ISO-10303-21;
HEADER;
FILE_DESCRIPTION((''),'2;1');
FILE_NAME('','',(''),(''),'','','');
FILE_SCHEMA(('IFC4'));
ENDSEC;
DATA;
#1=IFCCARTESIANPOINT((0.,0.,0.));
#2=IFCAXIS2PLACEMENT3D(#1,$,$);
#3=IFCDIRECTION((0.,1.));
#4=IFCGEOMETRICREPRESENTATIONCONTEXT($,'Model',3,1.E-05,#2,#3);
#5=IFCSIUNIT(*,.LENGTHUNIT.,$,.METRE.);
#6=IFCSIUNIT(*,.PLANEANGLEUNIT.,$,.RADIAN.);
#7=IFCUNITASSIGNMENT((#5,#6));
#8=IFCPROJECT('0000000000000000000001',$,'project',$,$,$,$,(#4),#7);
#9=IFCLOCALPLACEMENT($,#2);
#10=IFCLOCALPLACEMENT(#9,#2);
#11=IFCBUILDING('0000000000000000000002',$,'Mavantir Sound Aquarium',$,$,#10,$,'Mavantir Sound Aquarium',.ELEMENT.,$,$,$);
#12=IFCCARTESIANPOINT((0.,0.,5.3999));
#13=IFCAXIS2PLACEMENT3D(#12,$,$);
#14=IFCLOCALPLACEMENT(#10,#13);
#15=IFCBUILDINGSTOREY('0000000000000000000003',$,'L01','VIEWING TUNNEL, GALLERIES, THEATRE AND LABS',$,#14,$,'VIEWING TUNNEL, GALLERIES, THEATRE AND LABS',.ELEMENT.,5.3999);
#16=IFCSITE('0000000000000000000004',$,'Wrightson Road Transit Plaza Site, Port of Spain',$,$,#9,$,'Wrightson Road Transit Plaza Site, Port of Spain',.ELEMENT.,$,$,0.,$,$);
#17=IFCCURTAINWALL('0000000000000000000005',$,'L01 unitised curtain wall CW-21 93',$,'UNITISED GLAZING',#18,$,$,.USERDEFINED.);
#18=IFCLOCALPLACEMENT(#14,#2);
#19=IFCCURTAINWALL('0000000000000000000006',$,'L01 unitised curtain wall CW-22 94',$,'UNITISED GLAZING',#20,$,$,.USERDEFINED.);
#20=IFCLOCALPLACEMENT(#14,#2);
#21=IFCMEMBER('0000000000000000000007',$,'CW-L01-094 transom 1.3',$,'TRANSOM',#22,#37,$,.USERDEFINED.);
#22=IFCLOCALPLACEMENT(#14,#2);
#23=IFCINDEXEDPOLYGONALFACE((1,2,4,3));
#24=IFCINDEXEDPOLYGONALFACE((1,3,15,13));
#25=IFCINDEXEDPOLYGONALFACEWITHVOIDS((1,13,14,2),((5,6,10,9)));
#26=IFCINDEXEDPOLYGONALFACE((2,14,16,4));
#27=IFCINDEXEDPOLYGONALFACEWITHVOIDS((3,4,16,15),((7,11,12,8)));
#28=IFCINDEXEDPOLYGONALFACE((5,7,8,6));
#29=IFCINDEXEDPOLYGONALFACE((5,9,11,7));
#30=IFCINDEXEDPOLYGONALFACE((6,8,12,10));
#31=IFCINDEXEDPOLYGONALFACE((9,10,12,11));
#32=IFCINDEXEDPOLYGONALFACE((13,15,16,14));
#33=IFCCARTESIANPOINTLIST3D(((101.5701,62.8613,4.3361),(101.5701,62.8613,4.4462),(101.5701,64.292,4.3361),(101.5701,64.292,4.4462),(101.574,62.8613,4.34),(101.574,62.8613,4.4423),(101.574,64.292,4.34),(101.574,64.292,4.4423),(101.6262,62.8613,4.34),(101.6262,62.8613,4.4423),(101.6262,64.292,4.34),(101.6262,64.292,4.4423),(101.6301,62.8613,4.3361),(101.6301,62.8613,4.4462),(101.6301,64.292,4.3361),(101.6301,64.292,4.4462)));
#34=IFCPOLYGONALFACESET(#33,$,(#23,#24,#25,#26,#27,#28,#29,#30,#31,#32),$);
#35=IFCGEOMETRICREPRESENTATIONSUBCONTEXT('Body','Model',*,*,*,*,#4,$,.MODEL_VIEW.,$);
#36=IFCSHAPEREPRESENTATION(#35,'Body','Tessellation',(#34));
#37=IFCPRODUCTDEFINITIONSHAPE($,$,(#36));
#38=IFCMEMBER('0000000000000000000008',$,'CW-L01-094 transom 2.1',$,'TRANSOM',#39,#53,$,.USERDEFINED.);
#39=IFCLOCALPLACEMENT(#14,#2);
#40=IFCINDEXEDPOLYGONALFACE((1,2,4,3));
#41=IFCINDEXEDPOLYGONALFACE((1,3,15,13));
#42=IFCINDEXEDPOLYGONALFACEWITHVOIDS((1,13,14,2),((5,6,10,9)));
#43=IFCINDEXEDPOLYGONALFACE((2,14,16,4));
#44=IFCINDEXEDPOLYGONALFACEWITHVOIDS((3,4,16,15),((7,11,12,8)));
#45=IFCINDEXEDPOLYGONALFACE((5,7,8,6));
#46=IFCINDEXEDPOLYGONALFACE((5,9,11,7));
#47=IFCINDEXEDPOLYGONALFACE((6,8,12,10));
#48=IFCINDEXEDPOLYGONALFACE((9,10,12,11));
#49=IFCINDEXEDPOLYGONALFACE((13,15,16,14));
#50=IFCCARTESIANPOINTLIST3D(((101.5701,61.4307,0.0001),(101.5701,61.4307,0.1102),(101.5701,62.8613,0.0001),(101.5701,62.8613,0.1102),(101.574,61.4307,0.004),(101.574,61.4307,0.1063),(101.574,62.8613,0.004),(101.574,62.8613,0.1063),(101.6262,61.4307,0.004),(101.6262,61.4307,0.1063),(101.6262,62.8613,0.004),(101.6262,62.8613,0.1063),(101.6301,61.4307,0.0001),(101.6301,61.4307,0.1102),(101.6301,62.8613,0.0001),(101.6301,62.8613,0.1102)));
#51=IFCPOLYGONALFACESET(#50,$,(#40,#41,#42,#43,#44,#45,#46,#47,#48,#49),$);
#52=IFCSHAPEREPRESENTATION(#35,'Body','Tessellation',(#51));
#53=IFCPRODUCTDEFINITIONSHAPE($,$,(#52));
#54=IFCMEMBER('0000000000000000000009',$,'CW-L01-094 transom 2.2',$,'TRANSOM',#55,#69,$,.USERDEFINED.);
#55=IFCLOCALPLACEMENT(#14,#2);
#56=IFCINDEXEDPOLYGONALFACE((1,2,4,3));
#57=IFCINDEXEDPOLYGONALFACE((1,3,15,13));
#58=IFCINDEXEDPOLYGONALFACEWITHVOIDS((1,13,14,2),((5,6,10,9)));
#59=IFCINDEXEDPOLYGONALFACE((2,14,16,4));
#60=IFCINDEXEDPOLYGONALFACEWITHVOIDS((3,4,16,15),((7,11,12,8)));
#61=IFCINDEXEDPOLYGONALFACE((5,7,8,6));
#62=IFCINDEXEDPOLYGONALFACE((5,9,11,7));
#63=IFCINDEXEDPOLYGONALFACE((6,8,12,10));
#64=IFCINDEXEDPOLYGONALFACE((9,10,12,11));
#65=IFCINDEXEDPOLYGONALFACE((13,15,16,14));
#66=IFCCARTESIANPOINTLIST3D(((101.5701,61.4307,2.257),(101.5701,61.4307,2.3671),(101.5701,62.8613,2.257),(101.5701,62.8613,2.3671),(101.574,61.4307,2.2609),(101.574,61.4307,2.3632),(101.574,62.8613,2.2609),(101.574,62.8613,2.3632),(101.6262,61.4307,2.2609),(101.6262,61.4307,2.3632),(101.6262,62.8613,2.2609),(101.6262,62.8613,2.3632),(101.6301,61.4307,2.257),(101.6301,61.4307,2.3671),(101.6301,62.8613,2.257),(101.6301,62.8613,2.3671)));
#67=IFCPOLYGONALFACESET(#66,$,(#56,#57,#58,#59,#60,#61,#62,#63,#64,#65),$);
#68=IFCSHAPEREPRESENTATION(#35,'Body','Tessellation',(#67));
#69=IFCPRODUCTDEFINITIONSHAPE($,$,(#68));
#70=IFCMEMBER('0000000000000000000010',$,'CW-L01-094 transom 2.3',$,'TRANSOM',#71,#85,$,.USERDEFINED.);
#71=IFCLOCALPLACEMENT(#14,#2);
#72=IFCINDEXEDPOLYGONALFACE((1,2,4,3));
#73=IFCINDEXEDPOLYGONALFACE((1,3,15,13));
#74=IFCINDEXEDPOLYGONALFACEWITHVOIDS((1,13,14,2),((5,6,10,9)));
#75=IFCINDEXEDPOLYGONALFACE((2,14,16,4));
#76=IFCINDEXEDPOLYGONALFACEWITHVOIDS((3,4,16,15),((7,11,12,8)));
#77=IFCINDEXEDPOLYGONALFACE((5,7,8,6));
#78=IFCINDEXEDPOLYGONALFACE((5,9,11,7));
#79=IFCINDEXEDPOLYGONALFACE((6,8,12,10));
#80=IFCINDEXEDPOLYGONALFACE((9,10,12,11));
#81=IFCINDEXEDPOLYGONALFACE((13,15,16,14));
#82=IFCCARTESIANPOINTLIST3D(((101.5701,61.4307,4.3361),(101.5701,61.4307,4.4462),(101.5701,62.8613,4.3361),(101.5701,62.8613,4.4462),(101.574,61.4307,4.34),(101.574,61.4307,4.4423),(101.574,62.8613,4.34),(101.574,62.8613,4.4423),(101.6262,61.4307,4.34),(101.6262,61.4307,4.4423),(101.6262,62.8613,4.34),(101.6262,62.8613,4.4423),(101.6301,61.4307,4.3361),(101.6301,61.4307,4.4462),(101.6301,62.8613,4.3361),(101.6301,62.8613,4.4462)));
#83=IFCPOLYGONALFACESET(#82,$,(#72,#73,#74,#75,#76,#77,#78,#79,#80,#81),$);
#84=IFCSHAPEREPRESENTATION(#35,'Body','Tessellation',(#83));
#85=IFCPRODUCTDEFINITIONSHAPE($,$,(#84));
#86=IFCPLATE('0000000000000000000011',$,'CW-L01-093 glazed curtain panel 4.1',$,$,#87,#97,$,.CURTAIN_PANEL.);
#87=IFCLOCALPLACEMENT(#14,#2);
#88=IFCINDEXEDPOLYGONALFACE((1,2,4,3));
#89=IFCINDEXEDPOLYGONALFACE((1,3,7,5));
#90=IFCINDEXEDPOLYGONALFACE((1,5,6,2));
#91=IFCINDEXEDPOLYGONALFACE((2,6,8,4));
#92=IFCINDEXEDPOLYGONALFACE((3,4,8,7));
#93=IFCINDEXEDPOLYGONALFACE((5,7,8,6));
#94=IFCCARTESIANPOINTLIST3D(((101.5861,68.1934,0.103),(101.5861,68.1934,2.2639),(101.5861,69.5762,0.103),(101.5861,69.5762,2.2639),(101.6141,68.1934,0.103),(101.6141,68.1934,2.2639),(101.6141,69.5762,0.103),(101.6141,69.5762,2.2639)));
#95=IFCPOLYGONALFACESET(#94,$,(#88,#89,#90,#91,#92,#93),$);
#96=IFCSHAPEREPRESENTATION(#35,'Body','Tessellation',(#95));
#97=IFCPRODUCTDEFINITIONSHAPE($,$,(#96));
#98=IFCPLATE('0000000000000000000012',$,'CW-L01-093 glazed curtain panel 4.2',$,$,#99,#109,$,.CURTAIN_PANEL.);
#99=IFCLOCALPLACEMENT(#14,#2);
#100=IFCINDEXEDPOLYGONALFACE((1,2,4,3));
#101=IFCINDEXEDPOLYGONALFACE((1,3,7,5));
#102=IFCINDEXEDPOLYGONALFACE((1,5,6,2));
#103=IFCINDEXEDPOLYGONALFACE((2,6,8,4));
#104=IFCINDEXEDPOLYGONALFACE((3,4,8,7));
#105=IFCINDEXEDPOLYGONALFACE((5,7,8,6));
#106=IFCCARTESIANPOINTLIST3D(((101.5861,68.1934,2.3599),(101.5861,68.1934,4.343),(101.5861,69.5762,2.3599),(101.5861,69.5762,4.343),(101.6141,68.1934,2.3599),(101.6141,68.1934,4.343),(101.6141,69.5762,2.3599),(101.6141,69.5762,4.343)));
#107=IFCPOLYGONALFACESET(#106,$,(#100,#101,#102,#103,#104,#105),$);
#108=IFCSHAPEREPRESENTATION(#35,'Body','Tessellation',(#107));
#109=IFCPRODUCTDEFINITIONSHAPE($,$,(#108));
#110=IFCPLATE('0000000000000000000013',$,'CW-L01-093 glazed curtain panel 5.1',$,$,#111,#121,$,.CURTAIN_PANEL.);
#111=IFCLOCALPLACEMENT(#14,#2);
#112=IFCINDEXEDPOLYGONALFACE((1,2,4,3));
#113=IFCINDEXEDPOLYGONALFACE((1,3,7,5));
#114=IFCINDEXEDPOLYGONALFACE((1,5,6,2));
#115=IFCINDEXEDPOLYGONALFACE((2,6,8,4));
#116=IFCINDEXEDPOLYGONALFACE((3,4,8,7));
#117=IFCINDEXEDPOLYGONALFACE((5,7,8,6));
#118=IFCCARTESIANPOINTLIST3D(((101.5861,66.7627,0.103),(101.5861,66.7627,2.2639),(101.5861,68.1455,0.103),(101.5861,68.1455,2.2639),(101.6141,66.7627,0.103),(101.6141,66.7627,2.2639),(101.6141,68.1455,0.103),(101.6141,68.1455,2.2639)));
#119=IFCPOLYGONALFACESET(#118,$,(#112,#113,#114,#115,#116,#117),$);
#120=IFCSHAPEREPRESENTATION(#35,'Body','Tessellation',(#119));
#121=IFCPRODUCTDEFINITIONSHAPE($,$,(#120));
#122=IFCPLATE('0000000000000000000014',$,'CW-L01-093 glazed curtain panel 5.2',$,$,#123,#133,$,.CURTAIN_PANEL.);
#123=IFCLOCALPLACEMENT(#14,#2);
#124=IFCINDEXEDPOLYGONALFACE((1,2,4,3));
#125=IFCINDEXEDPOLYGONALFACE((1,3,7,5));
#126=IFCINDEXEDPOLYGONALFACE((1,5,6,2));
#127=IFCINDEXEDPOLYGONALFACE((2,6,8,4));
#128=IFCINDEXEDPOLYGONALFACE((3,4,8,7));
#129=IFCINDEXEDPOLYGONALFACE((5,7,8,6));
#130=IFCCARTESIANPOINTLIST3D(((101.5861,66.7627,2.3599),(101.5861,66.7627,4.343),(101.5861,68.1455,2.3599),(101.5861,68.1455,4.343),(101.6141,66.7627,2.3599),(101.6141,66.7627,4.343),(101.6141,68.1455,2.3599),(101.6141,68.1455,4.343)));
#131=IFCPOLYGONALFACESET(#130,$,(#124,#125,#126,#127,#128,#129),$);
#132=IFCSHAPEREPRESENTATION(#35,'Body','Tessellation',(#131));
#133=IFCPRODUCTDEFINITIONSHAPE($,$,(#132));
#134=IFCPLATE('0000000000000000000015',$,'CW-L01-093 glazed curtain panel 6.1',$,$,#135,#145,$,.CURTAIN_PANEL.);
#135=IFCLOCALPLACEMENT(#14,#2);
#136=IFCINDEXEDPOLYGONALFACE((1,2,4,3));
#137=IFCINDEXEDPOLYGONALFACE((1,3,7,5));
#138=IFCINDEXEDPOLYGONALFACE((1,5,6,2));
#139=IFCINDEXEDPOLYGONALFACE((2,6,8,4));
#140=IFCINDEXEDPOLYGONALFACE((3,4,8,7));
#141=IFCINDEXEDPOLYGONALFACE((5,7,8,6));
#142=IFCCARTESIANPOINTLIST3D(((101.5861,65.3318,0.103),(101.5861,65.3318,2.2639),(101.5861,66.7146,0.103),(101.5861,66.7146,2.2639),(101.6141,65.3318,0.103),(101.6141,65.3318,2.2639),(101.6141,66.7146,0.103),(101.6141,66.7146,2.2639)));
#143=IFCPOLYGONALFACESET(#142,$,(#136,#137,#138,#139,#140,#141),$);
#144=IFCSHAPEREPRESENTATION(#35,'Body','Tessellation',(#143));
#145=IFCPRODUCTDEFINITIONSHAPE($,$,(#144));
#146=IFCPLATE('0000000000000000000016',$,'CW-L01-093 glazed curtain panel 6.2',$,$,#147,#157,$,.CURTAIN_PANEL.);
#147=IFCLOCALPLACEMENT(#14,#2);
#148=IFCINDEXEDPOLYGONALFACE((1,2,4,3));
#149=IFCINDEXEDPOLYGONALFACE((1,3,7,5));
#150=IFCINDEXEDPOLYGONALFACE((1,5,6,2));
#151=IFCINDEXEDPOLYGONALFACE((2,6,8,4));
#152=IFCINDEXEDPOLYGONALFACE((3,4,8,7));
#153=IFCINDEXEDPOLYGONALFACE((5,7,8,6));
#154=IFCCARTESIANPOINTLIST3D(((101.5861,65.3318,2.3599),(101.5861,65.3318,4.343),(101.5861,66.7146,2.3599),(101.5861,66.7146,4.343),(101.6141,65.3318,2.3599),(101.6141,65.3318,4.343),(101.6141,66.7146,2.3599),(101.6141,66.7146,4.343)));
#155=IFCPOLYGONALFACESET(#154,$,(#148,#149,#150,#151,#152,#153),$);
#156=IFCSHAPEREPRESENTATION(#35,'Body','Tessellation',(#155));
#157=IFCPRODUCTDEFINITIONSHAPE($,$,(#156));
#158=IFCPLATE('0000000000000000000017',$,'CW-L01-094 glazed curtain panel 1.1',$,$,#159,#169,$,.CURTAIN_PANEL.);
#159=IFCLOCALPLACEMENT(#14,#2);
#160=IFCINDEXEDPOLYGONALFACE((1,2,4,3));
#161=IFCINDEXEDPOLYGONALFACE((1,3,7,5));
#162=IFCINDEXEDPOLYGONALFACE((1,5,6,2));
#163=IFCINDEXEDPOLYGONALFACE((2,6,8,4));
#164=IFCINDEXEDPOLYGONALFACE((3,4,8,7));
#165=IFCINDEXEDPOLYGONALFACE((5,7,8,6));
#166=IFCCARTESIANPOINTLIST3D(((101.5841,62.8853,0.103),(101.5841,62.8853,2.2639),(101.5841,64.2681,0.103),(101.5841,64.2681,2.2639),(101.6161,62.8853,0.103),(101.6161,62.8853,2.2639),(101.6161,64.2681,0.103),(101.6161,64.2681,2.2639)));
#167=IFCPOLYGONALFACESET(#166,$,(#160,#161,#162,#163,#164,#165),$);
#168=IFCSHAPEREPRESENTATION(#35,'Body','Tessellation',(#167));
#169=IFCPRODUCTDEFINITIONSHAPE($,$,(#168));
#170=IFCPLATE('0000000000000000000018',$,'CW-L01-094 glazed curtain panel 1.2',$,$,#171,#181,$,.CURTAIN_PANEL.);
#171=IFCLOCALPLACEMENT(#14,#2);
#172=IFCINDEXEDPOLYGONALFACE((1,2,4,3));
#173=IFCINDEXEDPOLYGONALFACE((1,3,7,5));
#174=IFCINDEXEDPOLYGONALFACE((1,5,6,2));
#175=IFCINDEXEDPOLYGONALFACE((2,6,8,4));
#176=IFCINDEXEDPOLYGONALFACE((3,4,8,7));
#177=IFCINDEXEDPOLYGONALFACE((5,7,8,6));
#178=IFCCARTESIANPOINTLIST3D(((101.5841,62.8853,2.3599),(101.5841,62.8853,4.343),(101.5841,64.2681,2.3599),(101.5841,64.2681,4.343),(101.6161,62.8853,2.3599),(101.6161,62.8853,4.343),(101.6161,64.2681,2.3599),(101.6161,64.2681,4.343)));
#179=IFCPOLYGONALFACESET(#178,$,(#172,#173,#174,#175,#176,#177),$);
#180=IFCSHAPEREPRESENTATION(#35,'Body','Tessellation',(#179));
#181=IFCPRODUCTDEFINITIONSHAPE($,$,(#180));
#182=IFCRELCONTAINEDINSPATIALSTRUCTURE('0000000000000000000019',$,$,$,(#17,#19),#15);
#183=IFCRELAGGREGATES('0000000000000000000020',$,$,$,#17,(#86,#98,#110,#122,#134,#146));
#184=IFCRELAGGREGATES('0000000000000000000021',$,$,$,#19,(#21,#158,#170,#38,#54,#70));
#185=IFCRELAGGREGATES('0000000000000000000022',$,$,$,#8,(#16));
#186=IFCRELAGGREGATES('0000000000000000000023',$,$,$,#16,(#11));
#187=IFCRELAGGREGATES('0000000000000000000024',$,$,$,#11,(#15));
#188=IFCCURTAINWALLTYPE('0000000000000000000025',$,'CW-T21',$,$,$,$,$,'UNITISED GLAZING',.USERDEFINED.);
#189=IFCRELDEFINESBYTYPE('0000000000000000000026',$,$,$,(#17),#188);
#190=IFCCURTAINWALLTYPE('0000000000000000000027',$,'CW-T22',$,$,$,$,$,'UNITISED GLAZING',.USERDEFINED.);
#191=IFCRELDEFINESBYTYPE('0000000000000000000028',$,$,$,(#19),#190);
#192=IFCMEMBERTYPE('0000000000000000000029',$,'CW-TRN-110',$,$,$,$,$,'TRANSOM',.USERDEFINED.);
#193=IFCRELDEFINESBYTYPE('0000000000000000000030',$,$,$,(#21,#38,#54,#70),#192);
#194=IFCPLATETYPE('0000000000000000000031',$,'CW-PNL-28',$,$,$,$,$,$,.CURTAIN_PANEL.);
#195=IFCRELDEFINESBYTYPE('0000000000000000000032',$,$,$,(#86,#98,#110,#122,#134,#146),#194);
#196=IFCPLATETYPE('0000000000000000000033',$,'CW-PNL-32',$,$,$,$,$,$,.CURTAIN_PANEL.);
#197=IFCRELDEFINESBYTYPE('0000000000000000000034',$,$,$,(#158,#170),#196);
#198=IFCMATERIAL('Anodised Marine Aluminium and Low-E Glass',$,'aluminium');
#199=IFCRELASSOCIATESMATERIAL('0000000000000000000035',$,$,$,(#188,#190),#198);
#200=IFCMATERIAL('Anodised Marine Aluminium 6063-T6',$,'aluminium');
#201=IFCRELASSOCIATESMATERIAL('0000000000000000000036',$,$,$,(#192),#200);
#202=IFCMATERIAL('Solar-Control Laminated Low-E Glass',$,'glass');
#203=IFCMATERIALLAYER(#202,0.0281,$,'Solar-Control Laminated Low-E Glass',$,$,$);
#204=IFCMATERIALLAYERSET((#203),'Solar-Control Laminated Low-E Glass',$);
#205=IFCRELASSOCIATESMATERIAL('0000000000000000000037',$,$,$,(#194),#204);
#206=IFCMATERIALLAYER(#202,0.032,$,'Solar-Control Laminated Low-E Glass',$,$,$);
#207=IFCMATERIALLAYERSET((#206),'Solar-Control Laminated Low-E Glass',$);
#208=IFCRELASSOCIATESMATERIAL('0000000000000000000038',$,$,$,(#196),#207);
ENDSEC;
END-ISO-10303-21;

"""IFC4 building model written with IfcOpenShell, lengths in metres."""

from ifc_helpers import new_model, si_unit, direction, frame, origin, origin_2d, place, context, subcontext, project, spatial, rectangle, hollow_rectangle, extrude, material, layer, layer_set, material_profile, profile_set, type_object, element, aggregate, save


model = new_model("IFC4")

# Units and contexts
model_context = context("Model", 3, precision=1e-05, world=origin(), true_north=direction((0.0, 1.0)))
body_context = subcontext(model_context, "Body", "Model", "MODEL_VIEW")
ifc_project = project(units=[si_unit("LENGTHUNIT", "METRE"), si_unit("PLANEANGLEUNIT", "RADIAN")], contexts=[model_context])

# Site, building, storey
site_placement = place(None, origin())
site = spatial("IfcSite", under=ifc_project, at=site_placement, Name="Wrightson Road Transit Plaza Site, Port of Spain", LongName="Wrightson Road Transit Plaza Site, Port of Spain", CompositionType="ELEMENT", RefElevation=0.0)
building_placement = place(site_placement, origin())
building = spatial("IfcBuilding", under=site, at=building_placement, Name="Mavantir Sound Aquarium", LongName="Mavantir Sound Aquarium", CompositionType="ELEMENT")
storey_placement = place(building_placement, frame((0.0, 0.0, 5.3999)))
storey = spatial("IfcBuildingStorey", under=building, at=storey_placement, Name="L01", Description="VIEWING TUNNEL, GALLERIES, THEATRE AND LABS", LongName="VIEWING TUNNEL, GALLERIES, THEATRE AND LABS", CompositionType="ELEMENT", Elevation=5.3999)

# Curtain walls
ifc_material_1 = material(Name="Anodised Marine Aluminium and Low-E Glass", Category="aluminium")
curtain_wall_type_1 = type_object("IfcCurtainWallType", Name="CW-T21", ElementType="UNITISED GLAZING", PredefinedType="USERDEFINED", material=ifc_material_1)
curtain_wall_1_placement = place(storey_placement, origin())
curtain_wall_1 = element("IfcCurtainWall", 1, at=curtain_wall_1_placement, inside=storey, type_object=curtain_wall_type_1, Name="L01 unitised curtain wall CW-21 93", ObjectType="UNITISED GLAZING", PredefinedType="USERDEFINED")
ifc_material_2 = material(Name="Anodised Marine Aluminium 6063-T6", Category="aluminium")
curtain_wall_type_2 = type_object("IfcCurtainWallType", Name="CW-T22", ElementType="UNITISED GLAZING", PredefinedType="USERDEFINED", material=ifc_material_1)
curtain_wall_2_placement = place(storey_placement, origin())
curtain_wall_2 = element("IfcCurtainWall", 2, at=curtain_wall_2_placement, inside=storey, type_object=curtain_wall_type_2, Name="L01 unitised curtain wall CW-22 94", ObjectType="UNITISED GLAZING", PredefinedType="USERDEFINED")

# Members
ifc_material_profile_1 = material_profile(ifc_material_2, hollow_rectangle(XDim=0.0601, YDim=0.1101, WallThickness=0.0039, at=origin_2d()), Name="ALU-TRANSOM-110X60")
ifc_profile_set_1 = profile_set([ifc_material_profile_1], Name="Anodised Marine Aluminium 6063-T6")
member_type_1 = type_object("IfcMemberType", Name="CW-TRN-110", ElementType="TRANSOM", PredefinedType="USERDEFINED", material=ifc_profile_set_1)
member_1_placement = place(storey_placement, frame((101.6001, 64.292, 4.3911), z_axis=(0.0, -1.0, 0.0), x_axis=(1.0, 0.0, 0.0)))
member_1 = element("IfcMember", 3, at=member_1_placement, type_object=member_type_1, Name="CW-L01-094 transom 1.3", ObjectType="TRANSOM", PredefinedType="USERDEFINED", context=body_context, shape_type="SweptSolid", body=[
    extrude(hollow_rectangle(XDim=0.0601, YDim=0.1101, WallThickness=0.0039, at=origin_2d()), origin(), (0.0, 0.0, 1.0), 1.4307),
])
member_2_placement = place(storey_placement, frame((101.6001, 62.8613, 0.0552), z_axis=(0.0, -1.0, 0.0), x_axis=(1.0, 0.0, 0.0)))
member_2 = element("IfcMember", 4, at=member_2_placement, type_object=member_type_1, Name="CW-L01-094 transom 2.1", ObjectType="TRANSOM", PredefinedType="USERDEFINED", context=body_context, shape_type="SweptSolid", body=[
    extrude(hollow_rectangle(XDim=0.0601, YDim=0.1101, WallThickness=0.0039, at=origin_2d()), origin(), (0.0, 0.0, 1.0), 1.4307),
])
member_3_placement = place(storey_placement, frame((101.6001, 62.8613, 2.312), z_axis=(0.0, -1.0, 0.0), x_axis=(1.0, 0.0, 0.0)))
member_3 = element("IfcMember", 5, at=member_3_placement, type_object=member_type_1, Name="CW-L01-094 transom 2.2", ObjectType="TRANSOM", PredefinedType="USERDEFINED", context=body_context, shape_type="SweptSolid", body=[
    extrude(hollow_rectangle(XDim=0.0601, YDim=0.1101, WallThickness=0.0039, at=origin_2d()), origin(), (0.0, 0.0, 1.0), 1.4307),
])
member_4_placement = place(storey_placement, frame((101.6001, 62.8613, 4.3911), z_axis=(0.0, -1.0, 0.0), x_axis=(1.0, 0.0, 0.0)))
member_4 = element("IfcMember", 6, at=member_4_placement, type_object=member_type_1, Name="CW-L01-094 transom 2.3", ObjectType="TRANSOM", PredefinedType="USERDEFINED", context=body_context, shape_type="SweptSolid", body=[
    extrude(hollow_rectangle(XDim=0.0601, YDim=0.1101, WallThickness=0.0039, at=origin_2d()), origin(), (0.0, 0.0, 1.0), 1.4307),
])

# Plates
ifc_material_3 = material(Name="Solar-Control Laminated Low-E Glass", Category="glass")
ifc_layer_1 = layer(ifc_material_3, 0.0281, Name="Solar-Control Laminated Low-E Glass")
ifc_layer_set_1 = layer_set([ifc_layer_1], Name="Solar-Control Laminated Low-E Glass")
plate_type_1 = type_object("IfcPlateType", Name="CW-PNL-28", PredefinedType="CURTAIN_PANEL", material=ifc_layer_set_1)
plate_1_placement = place(storey_placement, frame((101.6001, 68.8848, 0.103), z_axis=(0.0, 0.0, 1.0), x_axis=(0.0, -1.0, 0.0)))
plate_1 = element("IfcPlate", 7, at=plate_1_placement, type_object=plate_type_1, Name="CW-L01-093 glazed curtain panel 4.1", PredefinedType="CURTAIN_PANEL", context=body_context, shape_type="SweptSolid", body=[
    extrude(rectangle(XDim=1.3828, YDim=0.0281, at=origin_2d()), origin(), (0.0, 0.0, 1.0), 2.1609),
])
plate_2_placement = place(storey_placement, frame((101.6001, 68.8848, 2.3599), z_axis=(0.0, 0.0, 1.0), x_axis=(0.0, -1.0, 0.0)))
plate_2 = element("IfcPlate", 8, at=plate_2_placement, type_object=plate_type_1, Name="CW-L01-093 glazed curtain panel 4.2", PredefinedType="CURTAIN_PANEL", context=body_context, shape_type="SweptSolid", body=[
    extrude(rectangle(XDim=1.3828, YDim=0.0281, at=origin_2d()), origin(), (0.0, 0.0, 1.0), 1.9832),
])
plate_3_placement = place(storey_placement, frame((101.6001, 67.4541, 0.103), z_axis=(0.0, 0.0, 1.0), x_axis=(0.0, -1.0, 0.0)))
plate_3 = element("IfcPlate", 9, at=plate_3_placement, type_object=plate_type_1, Name="CW-L01-093 glazed curtain panel 5.1", PredefinedType="CURTAIN_PANEL", context=body_context, shape_type="SweptSolid", body=[
    extrude(rectangle(XDim=1.3828, YDim=0.0281, at=origin_2d()), origin(), (0.0, 0.0, 1.0), 2.1609),
])
plate_4_placement = place(storey_placement, frame((101.6001, 67.4541, 2.3599), z_axis=(0.0, 0.0, 1.0), x_axis=(0.0, -1.0, 0.0)))
plate_4 = element("IfcPlate", 10, at=plate_4_placement, type_object=plate_type_1, Name="CW-L01-093 glazed curtain panel 5.2", PredefinedType="CURTAIN_PANEL", context=body_context, shape_type="SweptSolid", body=[
    extrude(rectangle(XDim=1.3828, YDim=0.0281, at=origin_2d()), origin(), (0.0, 0.0, 1.0), 1.9832),
])
plate_5_placement = place(storey_placement, frame((101.6001, 66.0232, 0.103), z_axis=(0.0, 0.0, 1.0), x_axis=(0.0, -1.0, 0.0)))
plate_5 = element("IfcPlate", 11, at=plate_5_placement, type_object=plate_type_1, Name="CW-L01-093 glazed curtain panel 6.1", PredefinedType="CURTAIN_PANEL", context=body_context, shape_type="SweptSolid", body=[
    extrude(rectangle(XDim=1.3828, YDim=0.0281, at=origin_2d()), origin(), (0.0, 0.0, 1.0), 2.1609),
])
plate_6_placement = place(storey_placement, frame((101.6001, 66.0232, 2.3599), z_axis=(0.0, 0.0, 1.0), x_axis=(0.0, -1.0, 0.0)))
plate_6 = element("IfcPlate", 12, at=plate_6_placement, type_object=plate_type_1, Name="CW-L01-093 glazed curtain panel 6.2", PredefinedType="CURTAIN_PANEL", context=body_context, shape_type="SweptSolid", body=[
    extrude(rectangle(XDim=1.3828, YDim=0.0281, at=origin_2d()), origin(), (0.0, 0.0, 1.0), 1.9832),
])
aggregate(curtain_wall_1, [plate_1, plate_2, plate_3, plate_4, plate_5, plate_6])
ifc_layer_2 = layer(ifc_material_3, 0.032, Name="Solar-Control Laminated Low-E Glass")
ifc_layer_set_2 = layer_set([ifc_layer_2], Name="Solar-Control Laminated Low-E Glass")
plate_type_2 = type_object("IfcPlateType", Name="CW-PNL-32", PredefinedType="CURTAIN_PANEL", material=ifc_layer_set_2)
plate_7_placement = place(storey_placement, frame((101.6001, 63.5767, 0.103), z_axis=(0.0, 0.0, 1.0), x_axis=(0.0, -1.0, 0.0)))
plate_7 = element("IfcPlate", 13, at=plate_7_placement, type_object=plate_type_2, Name="CW-L01-094 glazed curtain panel 1.1", PredefinedType="CURTAIN_PANEL", context=body_context, shape_type="SweptSolid", body=[
    extrude(rectangle(XDim=1.3828, YDim=0.032, at=origin_2d()), origin(), (0.0, 0.0, 1.0), 2.1609),
])
plate_8_placement = place(storey_placement, frame((101.6001, 63.5767, 2.3599), z_axis=(0.0, 0.0, 1.0), x_axis=(0.0, -1.0, 0.0)))
plate_8 = element("IfcPlate", 14, at=plate_8_placement, type_object=plate_type_2, Name="CW-L01-094 glazed curtain panel 1.2", PredefinedType="CURTAIN_PANEL", context=body_context, shape_type="SweptSolid", body=[
    extrude(rectangle(XDim=1.3828, YDim=0.032, at=origin_2d()), origin(), (0.0, 0.0, 1.0), 1.9832),
])
aggregate(curtain_wall_2, [member_1, plate_7, plate_8, member_2, member_3, member_4])

save(model, "model.ifc")
